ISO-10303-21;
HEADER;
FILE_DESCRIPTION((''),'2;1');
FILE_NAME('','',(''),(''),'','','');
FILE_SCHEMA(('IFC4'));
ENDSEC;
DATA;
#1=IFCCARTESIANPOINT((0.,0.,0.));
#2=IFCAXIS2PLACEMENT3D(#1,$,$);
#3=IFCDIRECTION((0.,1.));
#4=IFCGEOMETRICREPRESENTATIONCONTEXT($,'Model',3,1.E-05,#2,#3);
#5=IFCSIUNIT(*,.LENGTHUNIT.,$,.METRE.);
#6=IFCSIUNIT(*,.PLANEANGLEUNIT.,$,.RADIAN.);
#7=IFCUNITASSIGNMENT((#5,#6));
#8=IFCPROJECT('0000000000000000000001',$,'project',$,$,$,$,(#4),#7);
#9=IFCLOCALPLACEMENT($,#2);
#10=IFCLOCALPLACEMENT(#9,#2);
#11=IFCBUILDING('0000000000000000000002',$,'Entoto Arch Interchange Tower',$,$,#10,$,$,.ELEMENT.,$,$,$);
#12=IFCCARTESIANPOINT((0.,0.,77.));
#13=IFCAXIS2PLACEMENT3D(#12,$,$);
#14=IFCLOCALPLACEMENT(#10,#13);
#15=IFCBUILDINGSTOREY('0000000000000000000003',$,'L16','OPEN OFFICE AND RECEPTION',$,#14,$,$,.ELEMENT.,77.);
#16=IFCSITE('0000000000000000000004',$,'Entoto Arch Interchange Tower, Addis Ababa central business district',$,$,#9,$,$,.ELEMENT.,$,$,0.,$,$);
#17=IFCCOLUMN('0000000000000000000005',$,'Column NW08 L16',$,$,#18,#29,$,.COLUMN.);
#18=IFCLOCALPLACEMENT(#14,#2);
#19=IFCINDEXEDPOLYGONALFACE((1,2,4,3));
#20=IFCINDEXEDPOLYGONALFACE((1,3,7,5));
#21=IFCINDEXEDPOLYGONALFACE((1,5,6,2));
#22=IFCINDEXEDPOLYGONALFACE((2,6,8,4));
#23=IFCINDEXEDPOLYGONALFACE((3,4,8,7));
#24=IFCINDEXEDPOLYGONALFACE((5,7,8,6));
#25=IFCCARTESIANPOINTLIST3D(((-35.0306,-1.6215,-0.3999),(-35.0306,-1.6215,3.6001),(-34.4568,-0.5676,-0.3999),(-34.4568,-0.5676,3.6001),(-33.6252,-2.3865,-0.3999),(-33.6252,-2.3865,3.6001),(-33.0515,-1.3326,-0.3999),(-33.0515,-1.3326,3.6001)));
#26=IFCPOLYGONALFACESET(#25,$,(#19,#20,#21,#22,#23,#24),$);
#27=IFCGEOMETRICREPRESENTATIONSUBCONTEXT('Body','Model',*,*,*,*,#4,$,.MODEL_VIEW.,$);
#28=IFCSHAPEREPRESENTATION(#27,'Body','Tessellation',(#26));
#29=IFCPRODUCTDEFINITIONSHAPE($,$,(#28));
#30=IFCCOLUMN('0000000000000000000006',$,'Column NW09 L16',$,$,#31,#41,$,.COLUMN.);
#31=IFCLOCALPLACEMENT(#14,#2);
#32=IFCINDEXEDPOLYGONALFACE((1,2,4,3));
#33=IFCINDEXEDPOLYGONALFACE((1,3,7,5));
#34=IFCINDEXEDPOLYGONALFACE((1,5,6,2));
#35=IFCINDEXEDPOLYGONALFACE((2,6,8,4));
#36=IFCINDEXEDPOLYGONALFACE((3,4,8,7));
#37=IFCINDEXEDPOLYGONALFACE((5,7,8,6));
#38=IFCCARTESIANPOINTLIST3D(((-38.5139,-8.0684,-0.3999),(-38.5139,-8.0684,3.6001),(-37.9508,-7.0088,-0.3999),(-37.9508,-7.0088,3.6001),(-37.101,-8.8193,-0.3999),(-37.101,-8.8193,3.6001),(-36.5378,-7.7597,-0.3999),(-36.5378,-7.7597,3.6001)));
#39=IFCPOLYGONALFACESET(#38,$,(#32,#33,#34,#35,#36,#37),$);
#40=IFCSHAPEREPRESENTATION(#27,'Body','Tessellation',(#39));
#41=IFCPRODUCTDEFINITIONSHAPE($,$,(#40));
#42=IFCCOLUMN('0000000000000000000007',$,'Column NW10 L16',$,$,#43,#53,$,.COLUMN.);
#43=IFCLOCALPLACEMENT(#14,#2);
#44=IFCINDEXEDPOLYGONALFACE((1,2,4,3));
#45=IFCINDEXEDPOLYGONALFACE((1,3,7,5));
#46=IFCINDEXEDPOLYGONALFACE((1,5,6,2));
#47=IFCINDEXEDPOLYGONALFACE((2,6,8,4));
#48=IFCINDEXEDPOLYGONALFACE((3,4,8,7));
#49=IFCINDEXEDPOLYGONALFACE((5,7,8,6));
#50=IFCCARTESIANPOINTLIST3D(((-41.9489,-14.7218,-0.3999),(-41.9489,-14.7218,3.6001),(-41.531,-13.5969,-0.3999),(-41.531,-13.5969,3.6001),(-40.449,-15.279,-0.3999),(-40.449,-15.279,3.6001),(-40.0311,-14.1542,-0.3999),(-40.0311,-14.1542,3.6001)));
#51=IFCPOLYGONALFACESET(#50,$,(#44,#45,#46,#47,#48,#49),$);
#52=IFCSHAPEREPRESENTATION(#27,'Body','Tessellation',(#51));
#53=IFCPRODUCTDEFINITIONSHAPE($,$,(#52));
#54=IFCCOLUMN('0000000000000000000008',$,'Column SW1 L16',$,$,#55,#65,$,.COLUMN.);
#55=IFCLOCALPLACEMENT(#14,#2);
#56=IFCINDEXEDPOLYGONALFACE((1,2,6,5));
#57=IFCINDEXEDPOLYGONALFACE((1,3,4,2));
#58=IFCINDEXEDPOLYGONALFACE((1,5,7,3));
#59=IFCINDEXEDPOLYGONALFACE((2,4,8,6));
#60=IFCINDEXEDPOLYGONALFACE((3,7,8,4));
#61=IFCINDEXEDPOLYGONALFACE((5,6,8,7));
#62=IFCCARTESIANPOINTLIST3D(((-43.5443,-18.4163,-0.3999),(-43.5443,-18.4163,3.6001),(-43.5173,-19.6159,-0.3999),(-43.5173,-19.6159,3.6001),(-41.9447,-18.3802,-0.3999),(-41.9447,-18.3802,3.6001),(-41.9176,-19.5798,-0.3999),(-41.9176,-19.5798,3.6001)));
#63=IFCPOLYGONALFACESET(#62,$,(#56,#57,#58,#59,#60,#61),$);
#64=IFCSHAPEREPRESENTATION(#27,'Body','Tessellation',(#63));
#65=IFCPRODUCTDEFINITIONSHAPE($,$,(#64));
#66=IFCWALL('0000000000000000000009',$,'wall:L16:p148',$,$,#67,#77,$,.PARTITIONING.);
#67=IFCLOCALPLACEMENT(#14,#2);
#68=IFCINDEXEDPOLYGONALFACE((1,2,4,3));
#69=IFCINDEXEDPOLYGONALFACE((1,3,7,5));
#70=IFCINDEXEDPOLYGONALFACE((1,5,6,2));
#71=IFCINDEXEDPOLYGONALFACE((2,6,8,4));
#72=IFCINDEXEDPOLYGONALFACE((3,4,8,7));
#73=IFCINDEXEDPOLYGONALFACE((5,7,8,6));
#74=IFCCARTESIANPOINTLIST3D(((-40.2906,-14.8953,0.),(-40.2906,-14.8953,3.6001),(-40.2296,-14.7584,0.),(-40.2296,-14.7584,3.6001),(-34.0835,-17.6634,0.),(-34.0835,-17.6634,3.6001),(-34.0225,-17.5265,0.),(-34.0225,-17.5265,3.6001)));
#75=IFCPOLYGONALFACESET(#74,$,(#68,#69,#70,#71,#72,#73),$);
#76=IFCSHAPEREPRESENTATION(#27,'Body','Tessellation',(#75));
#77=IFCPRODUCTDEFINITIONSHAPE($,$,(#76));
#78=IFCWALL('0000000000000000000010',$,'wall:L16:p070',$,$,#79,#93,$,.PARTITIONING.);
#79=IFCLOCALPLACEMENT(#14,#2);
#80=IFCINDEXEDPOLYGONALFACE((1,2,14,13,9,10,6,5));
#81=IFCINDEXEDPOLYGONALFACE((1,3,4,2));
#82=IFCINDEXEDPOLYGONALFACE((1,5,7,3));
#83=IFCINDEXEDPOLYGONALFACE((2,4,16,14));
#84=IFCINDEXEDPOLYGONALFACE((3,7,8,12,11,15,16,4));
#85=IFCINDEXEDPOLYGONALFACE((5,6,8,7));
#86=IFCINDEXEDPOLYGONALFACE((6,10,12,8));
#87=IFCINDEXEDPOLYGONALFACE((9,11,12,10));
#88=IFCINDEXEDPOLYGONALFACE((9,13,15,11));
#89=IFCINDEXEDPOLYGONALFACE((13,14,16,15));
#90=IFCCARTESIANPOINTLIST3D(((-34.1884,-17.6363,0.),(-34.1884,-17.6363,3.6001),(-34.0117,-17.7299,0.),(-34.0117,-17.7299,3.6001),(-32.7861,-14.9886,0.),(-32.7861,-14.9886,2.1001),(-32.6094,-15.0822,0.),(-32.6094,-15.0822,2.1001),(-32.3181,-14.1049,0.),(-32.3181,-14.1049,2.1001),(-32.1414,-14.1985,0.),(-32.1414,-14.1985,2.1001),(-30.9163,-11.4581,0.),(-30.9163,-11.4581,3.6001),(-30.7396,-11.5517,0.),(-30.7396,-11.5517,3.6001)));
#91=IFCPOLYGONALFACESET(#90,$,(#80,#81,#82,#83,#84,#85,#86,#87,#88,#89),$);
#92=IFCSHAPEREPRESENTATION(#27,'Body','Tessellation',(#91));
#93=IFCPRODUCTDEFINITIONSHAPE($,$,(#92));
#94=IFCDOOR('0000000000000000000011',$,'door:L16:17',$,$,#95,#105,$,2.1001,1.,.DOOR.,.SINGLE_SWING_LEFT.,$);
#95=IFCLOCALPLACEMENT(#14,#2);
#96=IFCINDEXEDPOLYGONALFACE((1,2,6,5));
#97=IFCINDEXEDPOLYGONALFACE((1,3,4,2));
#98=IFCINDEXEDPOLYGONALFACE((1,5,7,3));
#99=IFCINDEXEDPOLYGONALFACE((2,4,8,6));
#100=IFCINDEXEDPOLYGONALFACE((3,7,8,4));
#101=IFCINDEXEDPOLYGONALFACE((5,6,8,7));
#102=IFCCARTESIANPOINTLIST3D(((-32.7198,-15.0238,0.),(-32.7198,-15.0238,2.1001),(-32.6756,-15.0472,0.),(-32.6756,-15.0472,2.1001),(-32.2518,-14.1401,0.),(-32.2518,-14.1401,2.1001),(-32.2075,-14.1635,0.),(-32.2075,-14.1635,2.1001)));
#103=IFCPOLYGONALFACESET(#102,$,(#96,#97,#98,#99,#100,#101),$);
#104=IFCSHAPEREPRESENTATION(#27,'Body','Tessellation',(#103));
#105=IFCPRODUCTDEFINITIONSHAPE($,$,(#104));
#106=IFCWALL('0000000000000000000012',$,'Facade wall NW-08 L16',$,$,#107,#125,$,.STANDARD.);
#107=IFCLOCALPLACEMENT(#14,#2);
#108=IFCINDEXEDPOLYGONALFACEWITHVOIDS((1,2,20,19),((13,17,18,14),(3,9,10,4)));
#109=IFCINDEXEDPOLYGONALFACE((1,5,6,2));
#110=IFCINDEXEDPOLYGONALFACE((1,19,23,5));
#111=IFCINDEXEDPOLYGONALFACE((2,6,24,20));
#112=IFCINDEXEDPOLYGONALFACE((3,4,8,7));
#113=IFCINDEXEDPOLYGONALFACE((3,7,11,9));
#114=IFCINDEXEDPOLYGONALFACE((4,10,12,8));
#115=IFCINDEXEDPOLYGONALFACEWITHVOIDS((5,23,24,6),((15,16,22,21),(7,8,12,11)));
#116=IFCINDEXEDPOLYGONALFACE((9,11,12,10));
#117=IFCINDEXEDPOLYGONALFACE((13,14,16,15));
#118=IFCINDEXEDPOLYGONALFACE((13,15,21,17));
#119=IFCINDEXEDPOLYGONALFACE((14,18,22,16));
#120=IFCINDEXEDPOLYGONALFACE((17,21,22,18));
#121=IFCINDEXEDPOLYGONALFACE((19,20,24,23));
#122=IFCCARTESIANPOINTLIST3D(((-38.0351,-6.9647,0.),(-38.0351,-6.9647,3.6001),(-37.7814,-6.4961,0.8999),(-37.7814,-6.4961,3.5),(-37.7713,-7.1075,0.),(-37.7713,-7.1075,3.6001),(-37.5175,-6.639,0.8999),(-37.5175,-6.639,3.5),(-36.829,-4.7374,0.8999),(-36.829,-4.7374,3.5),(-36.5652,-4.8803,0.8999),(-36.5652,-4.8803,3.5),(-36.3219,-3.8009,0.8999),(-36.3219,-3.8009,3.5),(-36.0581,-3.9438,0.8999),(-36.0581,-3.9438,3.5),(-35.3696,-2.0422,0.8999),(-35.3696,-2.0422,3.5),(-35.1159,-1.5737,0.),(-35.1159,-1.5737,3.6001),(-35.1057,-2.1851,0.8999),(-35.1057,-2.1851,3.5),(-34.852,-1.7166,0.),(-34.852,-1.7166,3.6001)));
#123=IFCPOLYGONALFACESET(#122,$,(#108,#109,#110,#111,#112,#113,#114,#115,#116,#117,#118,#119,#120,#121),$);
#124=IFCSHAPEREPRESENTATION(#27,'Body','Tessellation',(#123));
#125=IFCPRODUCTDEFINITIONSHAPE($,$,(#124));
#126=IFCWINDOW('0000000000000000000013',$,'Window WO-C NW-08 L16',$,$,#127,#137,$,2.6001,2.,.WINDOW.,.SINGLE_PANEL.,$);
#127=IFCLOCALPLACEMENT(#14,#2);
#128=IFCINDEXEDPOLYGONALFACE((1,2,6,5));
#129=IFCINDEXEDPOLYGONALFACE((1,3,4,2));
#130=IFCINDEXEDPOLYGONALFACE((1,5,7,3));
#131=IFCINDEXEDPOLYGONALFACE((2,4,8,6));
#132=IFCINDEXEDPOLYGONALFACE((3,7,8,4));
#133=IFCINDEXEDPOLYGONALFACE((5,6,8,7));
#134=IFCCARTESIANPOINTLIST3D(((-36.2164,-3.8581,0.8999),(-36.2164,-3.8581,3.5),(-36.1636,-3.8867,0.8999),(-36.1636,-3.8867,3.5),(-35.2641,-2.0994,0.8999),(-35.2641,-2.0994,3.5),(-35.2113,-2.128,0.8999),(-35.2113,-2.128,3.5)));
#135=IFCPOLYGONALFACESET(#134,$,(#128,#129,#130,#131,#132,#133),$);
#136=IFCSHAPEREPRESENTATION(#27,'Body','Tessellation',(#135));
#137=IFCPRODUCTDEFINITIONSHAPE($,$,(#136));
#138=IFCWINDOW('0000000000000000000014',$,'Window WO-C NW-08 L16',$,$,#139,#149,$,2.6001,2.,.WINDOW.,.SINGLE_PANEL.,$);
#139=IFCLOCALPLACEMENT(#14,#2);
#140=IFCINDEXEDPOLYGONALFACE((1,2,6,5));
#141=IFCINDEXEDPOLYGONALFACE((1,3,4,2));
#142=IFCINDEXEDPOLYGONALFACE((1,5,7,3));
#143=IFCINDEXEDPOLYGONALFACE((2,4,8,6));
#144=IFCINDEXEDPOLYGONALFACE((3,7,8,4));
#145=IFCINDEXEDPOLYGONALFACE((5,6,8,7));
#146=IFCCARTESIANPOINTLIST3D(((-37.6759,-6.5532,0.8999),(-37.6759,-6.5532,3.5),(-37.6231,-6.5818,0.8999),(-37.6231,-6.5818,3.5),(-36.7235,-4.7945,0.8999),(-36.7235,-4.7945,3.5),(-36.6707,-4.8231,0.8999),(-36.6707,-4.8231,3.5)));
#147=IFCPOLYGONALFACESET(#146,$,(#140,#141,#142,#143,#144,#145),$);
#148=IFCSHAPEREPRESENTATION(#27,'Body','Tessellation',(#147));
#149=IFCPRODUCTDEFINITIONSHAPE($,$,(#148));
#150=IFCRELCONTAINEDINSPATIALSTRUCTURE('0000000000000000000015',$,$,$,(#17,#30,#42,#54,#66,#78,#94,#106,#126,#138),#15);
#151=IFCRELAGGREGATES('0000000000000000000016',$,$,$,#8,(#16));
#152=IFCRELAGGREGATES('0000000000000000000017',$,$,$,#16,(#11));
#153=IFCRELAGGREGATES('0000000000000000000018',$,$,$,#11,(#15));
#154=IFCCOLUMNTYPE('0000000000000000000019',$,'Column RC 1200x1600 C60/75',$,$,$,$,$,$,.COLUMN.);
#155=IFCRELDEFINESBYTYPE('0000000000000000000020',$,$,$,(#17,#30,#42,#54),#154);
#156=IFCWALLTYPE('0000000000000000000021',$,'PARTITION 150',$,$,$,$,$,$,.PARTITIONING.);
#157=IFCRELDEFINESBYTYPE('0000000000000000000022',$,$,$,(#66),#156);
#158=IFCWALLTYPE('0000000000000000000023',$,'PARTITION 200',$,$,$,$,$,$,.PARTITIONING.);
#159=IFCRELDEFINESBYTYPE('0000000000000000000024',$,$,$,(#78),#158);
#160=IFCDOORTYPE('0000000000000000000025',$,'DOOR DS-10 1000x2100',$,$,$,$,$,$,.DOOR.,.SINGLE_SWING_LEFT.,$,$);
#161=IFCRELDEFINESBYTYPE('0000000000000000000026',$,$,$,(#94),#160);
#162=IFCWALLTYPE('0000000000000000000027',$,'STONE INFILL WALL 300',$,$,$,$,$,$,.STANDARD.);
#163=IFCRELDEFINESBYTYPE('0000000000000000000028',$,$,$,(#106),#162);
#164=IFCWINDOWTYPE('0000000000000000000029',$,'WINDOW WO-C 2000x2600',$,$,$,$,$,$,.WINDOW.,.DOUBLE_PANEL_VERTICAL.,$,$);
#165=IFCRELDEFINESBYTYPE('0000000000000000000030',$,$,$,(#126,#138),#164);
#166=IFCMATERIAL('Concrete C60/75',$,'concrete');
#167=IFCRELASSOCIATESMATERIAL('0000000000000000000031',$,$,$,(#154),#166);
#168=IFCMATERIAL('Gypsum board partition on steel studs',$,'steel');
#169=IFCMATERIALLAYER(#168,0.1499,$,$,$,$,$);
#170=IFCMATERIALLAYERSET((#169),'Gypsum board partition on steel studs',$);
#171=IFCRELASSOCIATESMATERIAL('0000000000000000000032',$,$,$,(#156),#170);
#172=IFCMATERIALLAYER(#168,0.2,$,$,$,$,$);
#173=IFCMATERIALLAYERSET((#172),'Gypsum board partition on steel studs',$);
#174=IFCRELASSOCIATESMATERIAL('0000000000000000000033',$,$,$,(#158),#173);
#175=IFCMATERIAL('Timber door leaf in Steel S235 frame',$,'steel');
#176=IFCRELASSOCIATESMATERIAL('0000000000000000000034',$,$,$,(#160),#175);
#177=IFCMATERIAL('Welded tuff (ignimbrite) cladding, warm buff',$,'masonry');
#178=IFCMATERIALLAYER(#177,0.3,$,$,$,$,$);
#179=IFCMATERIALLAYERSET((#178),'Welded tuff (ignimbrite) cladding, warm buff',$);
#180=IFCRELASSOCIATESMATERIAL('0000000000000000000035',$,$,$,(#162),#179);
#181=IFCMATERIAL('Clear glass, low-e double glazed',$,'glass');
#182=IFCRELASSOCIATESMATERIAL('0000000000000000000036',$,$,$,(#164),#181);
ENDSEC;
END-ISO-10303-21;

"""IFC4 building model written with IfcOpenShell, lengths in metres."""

from ifc_helpers import new_model, si_unit, direction, frame, frame_2d, origin, origin_2d, place, context, subcontext, project, spatial, rectangle, extrude, material, layer, layer_set, material_profile, profile_set, type_object, element, fill, save


model = new_model("IFC4")

# Units and contexts
model_context = context("Model", 3, precision=1e-05, world=origin(), true_north=direction((0.0, 1.0)))
body_context = subcontext(model_context, "Body", "Model", "MODEL_VIEW")
ifc_project = project(units=[si_unit("LENGTHUNIT", "METRE"), si_unit("PLANEANGLEUNIT", "RADIAN")], contexts=[model_context])

# Site, building, storey
site_placement = place(None, origin())
site = spatial("IfcSite", under=ifc_project, at=site_placement, Name="Entoto Arch Interchange Tower, Addis Ababa central business district", CompositionType="ELEMENT", RefElevation=0.0)
building_placement = place(site_placement, origin())
building = spatial("IfcBuilding", under=site, at=building_placement, Name="Entoto Arch Interchange Tower", CompositionType="ELEMENT")
storey_placement = place(building_placement, frame((0.0, 0.0, 77.0)))
storey = spatial("IfcBuildingStorey", under=building, at=storey_placement, Name="L16", Description="OPEN OFFICE AND RECEPTION", CompositionType="ELEMENT", Elevation=77.0)

# Columns
ifc_material_1 = material(Name="Concrete C60/75", Category="concrete")
ifc_material_profile = material_profile(ifc_material_1, rectangle(XDim=1.2, YDim=1.6001, at=origin_2d()))
ifc_profile_set = profile_set([ifc_material_profile], Name="Concrete C60/75")
column_type = type_object("IfcColumnType", Name="Column RC 1200x1600 C60/75", PredefinedType="COLUMN", material=ifc_profile_set)
for number, where, z_axis, x_axis, name in (
    (1, (-34.041, -1.4771, -0.3999), (0.0, 0.0, 1.0), (0.47814, 0.878284, 0.0), "Column NW08 L16"),
    (2, (-37.5259, -7.9141, -0.3999), (0.0, 0.0, 1.0), (0.469317, 0.88303, 0.0), "Column NW09 L16"),
    (3, (-40.99, -14.438, -0.3999), (0.0, 0.0, 1.0), (0.348278, 0.937391, 0.0), "Column NW10 L16"),
    (4, (-42.731, -18.998, -0.3999), (0.0, 0.0, 1.0), (-0.022565, 0.999745, 0.0), "Column SW1 L16"),
):
    element("IfcColumn", number, at=place(storey_placement, frame(where, z_axis=z_axis, x_axis=x_axis)), inside=storey, type_object=column_type, Name=name, PredefinedType="COLUMN", context=body_context, shape_type="SweptSolid", body=[
        extrude(rectangle(XDim=1.2, YDim=1.6001, at=origin_2d()), origin(), (0.0, 0.0, 1.0), 4.0),
    ])

# Wall
ifc_material_2 = material(Name="Gypsum board partition on steel studs", Category="steel")
ifc_layer_1 = layer(ifc_material_2, 0.1499)
ifc_layer_set_1 = layer_set([ifc_layer_1], Name="Gypsum board partition on steel studs")
wall_type_1 = type_object("IfcWallType", Name="PARTITION 150", PredefinedType="PARTITIONING", material=ifc_layer_set_1)
wall_1_placement = place(storey_placement, frame((-34.053, -17.595, 0.0), z_axis=(0.0, 0.0, 1.0), x_axis=(-0.913298, 0.407291, 0.0)))
element("IfcWall", 5, at=wall_1_placement, inside=storey, type_object=wall_type_1, Name="wall:L16:p148", PredefinedType="PARTITIONING", context=body_context, shape_type="SweptSolid", body=[
    extrude(rectangle(XDim=6.7964, YDim=0.1499, at=frame_2d((3.3982, 0.0))), origin(), (0.0, 0.0, 1.0), 3.6001),
])

# Wall, opening, door
ifc_layer_2 = layer(ifc_material_2, 0.2)
ifc_layer_set_2 = layer_set([ifc_layer_2], Name="Gypsum board partition on steel studs")
wall_type_2 = type_object("IfcWallType", Name="PARTITION 200", PredefinedType="PARTITIONING", material=ifc_layer_set_2)
wall_2_placement = place(storey_placement, frame((-34.1001, -17.6831, 0.0), z_axis=(0.0, 0.0, 1.0), x_axis=(0.468043, 0.883706, 0.0)))
wall_2 = element("IfcWall", 6, at=wall_2_placement, inside=storey, type_object=wall_type_2, Name="wall:L16:p070", PredefinedType="PARTITIONING", context=body_context, shape_type="SweptSolid", body=[
    extrude(rectangle(XDim=6.9912, YDim=0.2, at=frame_2d((3.4956, 0.0))), origin(), (0.0, 0.0, 1.0), 3.6001),
])
opening_1_placement = place(wall_2_placement, frame((2.9961, 0.0, 0.0)))
opening_1 = element("IfcOpeningElement", 7, at=opening_1_placement, cuts=wall_2, PredefinedType="OPENING", context=body_context, shape_type="SweptSolid", body=[
    extrude(rectangle(XDim=1.0, YDim=2.1001, at=frame_2d((0.5, 1.05))), frame((0.0, 0.1099, 0.0), z_axis=(0.0, -1.0, 0.0), x_axis=(1.0, 0.0, 0.0)), (0.0, 0.0, 1.0), 0.22),
])
ifc_material_3 = material(Name="Timber door leaf in Steel S235 frame", Category="steel")
door_type = type_object("IfcDoorType", Name="DOOR DS-10 1000x2100", OperationType="SINGLE_SWING_LEFT", PredefinedType="DOOR", material=ifc_material_3)
door_placement = place(opening_1_placement, origin())
door = element("IfcDoor", 8, at=door_placement, inside=storey, type_object=door_type, Name="door:L16:17", OperationType="SINGLE_SWING_LEFT", OverallHeight=2.1001, OverallWidth=1.0, PredefinedType="DOOR", context=body_context, shape_type="SweptSolid", body=[
    extrude(rectangle(XDim=1.0, YDim=2.1001, at=frame_2d((0.5, 1.05))), frame((0.0, 0.0249, 0.0), z_axis=(0.0, -1.0, 0.0), x_axis=(1.0, 0.0, 0.0)), (0.0, 0.0, 1.0), 0.05),
])
fill(opening_1, door)

# Wall, openings, windows
ifc_material_4 = material(Name="Welded tuff (ignimbrite) cladding, warm buff", Category="masonry")
ifc_layer_3 = layer(ifc_material_4, 0.3)
ifc_layer_set_3 = layer_set([ifc_layer_3], Name="Welded tuff (ignimbrite) cladding, warm buff")
wall_type_3 = type_object("IfcWallType", Name="STONE INFILL WALL 300", PredefinedType="STANDARD", material=ifc_layer_set_3)
wall_3_placement = place(storey_placement, frame((-34.9839, -1.645, 0.0), z_axis=(0.0, 0.0, 1.0), x_axis=(-0.476174, -0.879351, 0.0)))
wall_3 = element("IfcWall", 9, at=wall_3_placement, inside=storey, type_object=wall_type_3, Name="Facade wall NW-08 L16", PredefinedType="STANDARD", context=body_context, shape_type="SweptSolid", body=[
    extrude(rectangle(XDim=6.1306, YDim=0.3, at=frame_2d((3.0654, 0.0))), origin(), (0.0, 0.0, 1.0), 3.6001),
])
opening_2_placement = place(wall_3_placement, frame((0.533, 0.0, 0.8999)))
opening_2 = element("IfcOpeningElement", 10, at=opening_2_placement, cuts=wall_3, PredefinedType="OPENING", context=body_context, shape_type="SweptSolid", body=[
    extrude(rectangle(XDim=2.0, YDim=2.6001, at=frame_2d((1.0, 1.3))), frame((0.0, 0.1602, 0.0), z_axis=(0.0, -1.0, 0.0), x_axis=(1.0, 0.0, 0.0)), (0.0, 0.0, 1.0), 0.3201),
])
opening_3_placement = place(wall_3_placement, frame((3.5979, 0.0, 0.8999)))
opening_3 = element("IfcOpeningElement", 11, at=opening_3_placement, cuts=wall_3, PredefinedType="OPENING", context=body_context, shape_type="SweptSolid", body=[
    extrude(rectangle(XDim=2.0, YDim=2.6001, at=frame_2d((1.0, 1.3))), frame((0.0, 0.1602, 0.0), z_axis=(0.0, -1.0, 0.0), x_axis=(1.0, 0.0, 0.0)), (0.0, 0.0, 1.0), 0.3201),
])
ifc_material_5 = material(Name="Clear glass, low-e double glazed", Category="glass")
window_type_1 = type_object("IfcWindowType", Name="WINDOW WO-C 2000x2600", PartitioningType="DOUBLE_PANEL_VERTICAL", PredefinedType="WINDOW", material=ifc_material_5)
window_1_placement = place(opening_2_placement, origin())
window_1 = element("IfcWindow", 12, at=window_1_placement, inside=storey, type_object=window_type_1, Name="Window WO-C NW-08 L16", OverallHeight=2.6001, OverallWidth=2.0, PartitioningType="SINGLE_PANEL", PredefinedType="WINDOW", context=body_context, shape_type="SweptSolid", body=[
    extrude(rectangle(XDim=2.0, YDim=2.6001, at=frame_2d((1.0, 1.3))), frame((0.0, 0.03, 0.0), z_axis=(0.0, -1.0, 0.0), x_axis=(1.0, 0.0, 0.0)), (0.0, 0.0, 1.0), 0.0601),
])
fill(opening_2, window_1)
window_2_placement = place(opening_3_placement, origin())
window_2 = element("IfcWindow", 13, at=window_2_placement, inside=storey, type_object=window_type_1, Name="Window WO-C NW-08 L16", OverallHeight=2.6001, OverallWidth=2.0, PartitioningType="SINGLE_PANEL", PredefinedType="WINDOW", context=body_context, shape_type="SweptSolid", body=[
    extrude(rectangle(XDim=2.0, YDim=2.6001, at=frame_2d((1.0, 1.3))), frame((0.0, 0.03, 0.0), z_axis=(0.0, -1.0, 0.0), x_axis=(1.0, 0.0, 0.0)), (0.0, 0.0, 1.0), 0.0601),
])
fill(opening_3, window_2)

save(model, "model.ifc")
